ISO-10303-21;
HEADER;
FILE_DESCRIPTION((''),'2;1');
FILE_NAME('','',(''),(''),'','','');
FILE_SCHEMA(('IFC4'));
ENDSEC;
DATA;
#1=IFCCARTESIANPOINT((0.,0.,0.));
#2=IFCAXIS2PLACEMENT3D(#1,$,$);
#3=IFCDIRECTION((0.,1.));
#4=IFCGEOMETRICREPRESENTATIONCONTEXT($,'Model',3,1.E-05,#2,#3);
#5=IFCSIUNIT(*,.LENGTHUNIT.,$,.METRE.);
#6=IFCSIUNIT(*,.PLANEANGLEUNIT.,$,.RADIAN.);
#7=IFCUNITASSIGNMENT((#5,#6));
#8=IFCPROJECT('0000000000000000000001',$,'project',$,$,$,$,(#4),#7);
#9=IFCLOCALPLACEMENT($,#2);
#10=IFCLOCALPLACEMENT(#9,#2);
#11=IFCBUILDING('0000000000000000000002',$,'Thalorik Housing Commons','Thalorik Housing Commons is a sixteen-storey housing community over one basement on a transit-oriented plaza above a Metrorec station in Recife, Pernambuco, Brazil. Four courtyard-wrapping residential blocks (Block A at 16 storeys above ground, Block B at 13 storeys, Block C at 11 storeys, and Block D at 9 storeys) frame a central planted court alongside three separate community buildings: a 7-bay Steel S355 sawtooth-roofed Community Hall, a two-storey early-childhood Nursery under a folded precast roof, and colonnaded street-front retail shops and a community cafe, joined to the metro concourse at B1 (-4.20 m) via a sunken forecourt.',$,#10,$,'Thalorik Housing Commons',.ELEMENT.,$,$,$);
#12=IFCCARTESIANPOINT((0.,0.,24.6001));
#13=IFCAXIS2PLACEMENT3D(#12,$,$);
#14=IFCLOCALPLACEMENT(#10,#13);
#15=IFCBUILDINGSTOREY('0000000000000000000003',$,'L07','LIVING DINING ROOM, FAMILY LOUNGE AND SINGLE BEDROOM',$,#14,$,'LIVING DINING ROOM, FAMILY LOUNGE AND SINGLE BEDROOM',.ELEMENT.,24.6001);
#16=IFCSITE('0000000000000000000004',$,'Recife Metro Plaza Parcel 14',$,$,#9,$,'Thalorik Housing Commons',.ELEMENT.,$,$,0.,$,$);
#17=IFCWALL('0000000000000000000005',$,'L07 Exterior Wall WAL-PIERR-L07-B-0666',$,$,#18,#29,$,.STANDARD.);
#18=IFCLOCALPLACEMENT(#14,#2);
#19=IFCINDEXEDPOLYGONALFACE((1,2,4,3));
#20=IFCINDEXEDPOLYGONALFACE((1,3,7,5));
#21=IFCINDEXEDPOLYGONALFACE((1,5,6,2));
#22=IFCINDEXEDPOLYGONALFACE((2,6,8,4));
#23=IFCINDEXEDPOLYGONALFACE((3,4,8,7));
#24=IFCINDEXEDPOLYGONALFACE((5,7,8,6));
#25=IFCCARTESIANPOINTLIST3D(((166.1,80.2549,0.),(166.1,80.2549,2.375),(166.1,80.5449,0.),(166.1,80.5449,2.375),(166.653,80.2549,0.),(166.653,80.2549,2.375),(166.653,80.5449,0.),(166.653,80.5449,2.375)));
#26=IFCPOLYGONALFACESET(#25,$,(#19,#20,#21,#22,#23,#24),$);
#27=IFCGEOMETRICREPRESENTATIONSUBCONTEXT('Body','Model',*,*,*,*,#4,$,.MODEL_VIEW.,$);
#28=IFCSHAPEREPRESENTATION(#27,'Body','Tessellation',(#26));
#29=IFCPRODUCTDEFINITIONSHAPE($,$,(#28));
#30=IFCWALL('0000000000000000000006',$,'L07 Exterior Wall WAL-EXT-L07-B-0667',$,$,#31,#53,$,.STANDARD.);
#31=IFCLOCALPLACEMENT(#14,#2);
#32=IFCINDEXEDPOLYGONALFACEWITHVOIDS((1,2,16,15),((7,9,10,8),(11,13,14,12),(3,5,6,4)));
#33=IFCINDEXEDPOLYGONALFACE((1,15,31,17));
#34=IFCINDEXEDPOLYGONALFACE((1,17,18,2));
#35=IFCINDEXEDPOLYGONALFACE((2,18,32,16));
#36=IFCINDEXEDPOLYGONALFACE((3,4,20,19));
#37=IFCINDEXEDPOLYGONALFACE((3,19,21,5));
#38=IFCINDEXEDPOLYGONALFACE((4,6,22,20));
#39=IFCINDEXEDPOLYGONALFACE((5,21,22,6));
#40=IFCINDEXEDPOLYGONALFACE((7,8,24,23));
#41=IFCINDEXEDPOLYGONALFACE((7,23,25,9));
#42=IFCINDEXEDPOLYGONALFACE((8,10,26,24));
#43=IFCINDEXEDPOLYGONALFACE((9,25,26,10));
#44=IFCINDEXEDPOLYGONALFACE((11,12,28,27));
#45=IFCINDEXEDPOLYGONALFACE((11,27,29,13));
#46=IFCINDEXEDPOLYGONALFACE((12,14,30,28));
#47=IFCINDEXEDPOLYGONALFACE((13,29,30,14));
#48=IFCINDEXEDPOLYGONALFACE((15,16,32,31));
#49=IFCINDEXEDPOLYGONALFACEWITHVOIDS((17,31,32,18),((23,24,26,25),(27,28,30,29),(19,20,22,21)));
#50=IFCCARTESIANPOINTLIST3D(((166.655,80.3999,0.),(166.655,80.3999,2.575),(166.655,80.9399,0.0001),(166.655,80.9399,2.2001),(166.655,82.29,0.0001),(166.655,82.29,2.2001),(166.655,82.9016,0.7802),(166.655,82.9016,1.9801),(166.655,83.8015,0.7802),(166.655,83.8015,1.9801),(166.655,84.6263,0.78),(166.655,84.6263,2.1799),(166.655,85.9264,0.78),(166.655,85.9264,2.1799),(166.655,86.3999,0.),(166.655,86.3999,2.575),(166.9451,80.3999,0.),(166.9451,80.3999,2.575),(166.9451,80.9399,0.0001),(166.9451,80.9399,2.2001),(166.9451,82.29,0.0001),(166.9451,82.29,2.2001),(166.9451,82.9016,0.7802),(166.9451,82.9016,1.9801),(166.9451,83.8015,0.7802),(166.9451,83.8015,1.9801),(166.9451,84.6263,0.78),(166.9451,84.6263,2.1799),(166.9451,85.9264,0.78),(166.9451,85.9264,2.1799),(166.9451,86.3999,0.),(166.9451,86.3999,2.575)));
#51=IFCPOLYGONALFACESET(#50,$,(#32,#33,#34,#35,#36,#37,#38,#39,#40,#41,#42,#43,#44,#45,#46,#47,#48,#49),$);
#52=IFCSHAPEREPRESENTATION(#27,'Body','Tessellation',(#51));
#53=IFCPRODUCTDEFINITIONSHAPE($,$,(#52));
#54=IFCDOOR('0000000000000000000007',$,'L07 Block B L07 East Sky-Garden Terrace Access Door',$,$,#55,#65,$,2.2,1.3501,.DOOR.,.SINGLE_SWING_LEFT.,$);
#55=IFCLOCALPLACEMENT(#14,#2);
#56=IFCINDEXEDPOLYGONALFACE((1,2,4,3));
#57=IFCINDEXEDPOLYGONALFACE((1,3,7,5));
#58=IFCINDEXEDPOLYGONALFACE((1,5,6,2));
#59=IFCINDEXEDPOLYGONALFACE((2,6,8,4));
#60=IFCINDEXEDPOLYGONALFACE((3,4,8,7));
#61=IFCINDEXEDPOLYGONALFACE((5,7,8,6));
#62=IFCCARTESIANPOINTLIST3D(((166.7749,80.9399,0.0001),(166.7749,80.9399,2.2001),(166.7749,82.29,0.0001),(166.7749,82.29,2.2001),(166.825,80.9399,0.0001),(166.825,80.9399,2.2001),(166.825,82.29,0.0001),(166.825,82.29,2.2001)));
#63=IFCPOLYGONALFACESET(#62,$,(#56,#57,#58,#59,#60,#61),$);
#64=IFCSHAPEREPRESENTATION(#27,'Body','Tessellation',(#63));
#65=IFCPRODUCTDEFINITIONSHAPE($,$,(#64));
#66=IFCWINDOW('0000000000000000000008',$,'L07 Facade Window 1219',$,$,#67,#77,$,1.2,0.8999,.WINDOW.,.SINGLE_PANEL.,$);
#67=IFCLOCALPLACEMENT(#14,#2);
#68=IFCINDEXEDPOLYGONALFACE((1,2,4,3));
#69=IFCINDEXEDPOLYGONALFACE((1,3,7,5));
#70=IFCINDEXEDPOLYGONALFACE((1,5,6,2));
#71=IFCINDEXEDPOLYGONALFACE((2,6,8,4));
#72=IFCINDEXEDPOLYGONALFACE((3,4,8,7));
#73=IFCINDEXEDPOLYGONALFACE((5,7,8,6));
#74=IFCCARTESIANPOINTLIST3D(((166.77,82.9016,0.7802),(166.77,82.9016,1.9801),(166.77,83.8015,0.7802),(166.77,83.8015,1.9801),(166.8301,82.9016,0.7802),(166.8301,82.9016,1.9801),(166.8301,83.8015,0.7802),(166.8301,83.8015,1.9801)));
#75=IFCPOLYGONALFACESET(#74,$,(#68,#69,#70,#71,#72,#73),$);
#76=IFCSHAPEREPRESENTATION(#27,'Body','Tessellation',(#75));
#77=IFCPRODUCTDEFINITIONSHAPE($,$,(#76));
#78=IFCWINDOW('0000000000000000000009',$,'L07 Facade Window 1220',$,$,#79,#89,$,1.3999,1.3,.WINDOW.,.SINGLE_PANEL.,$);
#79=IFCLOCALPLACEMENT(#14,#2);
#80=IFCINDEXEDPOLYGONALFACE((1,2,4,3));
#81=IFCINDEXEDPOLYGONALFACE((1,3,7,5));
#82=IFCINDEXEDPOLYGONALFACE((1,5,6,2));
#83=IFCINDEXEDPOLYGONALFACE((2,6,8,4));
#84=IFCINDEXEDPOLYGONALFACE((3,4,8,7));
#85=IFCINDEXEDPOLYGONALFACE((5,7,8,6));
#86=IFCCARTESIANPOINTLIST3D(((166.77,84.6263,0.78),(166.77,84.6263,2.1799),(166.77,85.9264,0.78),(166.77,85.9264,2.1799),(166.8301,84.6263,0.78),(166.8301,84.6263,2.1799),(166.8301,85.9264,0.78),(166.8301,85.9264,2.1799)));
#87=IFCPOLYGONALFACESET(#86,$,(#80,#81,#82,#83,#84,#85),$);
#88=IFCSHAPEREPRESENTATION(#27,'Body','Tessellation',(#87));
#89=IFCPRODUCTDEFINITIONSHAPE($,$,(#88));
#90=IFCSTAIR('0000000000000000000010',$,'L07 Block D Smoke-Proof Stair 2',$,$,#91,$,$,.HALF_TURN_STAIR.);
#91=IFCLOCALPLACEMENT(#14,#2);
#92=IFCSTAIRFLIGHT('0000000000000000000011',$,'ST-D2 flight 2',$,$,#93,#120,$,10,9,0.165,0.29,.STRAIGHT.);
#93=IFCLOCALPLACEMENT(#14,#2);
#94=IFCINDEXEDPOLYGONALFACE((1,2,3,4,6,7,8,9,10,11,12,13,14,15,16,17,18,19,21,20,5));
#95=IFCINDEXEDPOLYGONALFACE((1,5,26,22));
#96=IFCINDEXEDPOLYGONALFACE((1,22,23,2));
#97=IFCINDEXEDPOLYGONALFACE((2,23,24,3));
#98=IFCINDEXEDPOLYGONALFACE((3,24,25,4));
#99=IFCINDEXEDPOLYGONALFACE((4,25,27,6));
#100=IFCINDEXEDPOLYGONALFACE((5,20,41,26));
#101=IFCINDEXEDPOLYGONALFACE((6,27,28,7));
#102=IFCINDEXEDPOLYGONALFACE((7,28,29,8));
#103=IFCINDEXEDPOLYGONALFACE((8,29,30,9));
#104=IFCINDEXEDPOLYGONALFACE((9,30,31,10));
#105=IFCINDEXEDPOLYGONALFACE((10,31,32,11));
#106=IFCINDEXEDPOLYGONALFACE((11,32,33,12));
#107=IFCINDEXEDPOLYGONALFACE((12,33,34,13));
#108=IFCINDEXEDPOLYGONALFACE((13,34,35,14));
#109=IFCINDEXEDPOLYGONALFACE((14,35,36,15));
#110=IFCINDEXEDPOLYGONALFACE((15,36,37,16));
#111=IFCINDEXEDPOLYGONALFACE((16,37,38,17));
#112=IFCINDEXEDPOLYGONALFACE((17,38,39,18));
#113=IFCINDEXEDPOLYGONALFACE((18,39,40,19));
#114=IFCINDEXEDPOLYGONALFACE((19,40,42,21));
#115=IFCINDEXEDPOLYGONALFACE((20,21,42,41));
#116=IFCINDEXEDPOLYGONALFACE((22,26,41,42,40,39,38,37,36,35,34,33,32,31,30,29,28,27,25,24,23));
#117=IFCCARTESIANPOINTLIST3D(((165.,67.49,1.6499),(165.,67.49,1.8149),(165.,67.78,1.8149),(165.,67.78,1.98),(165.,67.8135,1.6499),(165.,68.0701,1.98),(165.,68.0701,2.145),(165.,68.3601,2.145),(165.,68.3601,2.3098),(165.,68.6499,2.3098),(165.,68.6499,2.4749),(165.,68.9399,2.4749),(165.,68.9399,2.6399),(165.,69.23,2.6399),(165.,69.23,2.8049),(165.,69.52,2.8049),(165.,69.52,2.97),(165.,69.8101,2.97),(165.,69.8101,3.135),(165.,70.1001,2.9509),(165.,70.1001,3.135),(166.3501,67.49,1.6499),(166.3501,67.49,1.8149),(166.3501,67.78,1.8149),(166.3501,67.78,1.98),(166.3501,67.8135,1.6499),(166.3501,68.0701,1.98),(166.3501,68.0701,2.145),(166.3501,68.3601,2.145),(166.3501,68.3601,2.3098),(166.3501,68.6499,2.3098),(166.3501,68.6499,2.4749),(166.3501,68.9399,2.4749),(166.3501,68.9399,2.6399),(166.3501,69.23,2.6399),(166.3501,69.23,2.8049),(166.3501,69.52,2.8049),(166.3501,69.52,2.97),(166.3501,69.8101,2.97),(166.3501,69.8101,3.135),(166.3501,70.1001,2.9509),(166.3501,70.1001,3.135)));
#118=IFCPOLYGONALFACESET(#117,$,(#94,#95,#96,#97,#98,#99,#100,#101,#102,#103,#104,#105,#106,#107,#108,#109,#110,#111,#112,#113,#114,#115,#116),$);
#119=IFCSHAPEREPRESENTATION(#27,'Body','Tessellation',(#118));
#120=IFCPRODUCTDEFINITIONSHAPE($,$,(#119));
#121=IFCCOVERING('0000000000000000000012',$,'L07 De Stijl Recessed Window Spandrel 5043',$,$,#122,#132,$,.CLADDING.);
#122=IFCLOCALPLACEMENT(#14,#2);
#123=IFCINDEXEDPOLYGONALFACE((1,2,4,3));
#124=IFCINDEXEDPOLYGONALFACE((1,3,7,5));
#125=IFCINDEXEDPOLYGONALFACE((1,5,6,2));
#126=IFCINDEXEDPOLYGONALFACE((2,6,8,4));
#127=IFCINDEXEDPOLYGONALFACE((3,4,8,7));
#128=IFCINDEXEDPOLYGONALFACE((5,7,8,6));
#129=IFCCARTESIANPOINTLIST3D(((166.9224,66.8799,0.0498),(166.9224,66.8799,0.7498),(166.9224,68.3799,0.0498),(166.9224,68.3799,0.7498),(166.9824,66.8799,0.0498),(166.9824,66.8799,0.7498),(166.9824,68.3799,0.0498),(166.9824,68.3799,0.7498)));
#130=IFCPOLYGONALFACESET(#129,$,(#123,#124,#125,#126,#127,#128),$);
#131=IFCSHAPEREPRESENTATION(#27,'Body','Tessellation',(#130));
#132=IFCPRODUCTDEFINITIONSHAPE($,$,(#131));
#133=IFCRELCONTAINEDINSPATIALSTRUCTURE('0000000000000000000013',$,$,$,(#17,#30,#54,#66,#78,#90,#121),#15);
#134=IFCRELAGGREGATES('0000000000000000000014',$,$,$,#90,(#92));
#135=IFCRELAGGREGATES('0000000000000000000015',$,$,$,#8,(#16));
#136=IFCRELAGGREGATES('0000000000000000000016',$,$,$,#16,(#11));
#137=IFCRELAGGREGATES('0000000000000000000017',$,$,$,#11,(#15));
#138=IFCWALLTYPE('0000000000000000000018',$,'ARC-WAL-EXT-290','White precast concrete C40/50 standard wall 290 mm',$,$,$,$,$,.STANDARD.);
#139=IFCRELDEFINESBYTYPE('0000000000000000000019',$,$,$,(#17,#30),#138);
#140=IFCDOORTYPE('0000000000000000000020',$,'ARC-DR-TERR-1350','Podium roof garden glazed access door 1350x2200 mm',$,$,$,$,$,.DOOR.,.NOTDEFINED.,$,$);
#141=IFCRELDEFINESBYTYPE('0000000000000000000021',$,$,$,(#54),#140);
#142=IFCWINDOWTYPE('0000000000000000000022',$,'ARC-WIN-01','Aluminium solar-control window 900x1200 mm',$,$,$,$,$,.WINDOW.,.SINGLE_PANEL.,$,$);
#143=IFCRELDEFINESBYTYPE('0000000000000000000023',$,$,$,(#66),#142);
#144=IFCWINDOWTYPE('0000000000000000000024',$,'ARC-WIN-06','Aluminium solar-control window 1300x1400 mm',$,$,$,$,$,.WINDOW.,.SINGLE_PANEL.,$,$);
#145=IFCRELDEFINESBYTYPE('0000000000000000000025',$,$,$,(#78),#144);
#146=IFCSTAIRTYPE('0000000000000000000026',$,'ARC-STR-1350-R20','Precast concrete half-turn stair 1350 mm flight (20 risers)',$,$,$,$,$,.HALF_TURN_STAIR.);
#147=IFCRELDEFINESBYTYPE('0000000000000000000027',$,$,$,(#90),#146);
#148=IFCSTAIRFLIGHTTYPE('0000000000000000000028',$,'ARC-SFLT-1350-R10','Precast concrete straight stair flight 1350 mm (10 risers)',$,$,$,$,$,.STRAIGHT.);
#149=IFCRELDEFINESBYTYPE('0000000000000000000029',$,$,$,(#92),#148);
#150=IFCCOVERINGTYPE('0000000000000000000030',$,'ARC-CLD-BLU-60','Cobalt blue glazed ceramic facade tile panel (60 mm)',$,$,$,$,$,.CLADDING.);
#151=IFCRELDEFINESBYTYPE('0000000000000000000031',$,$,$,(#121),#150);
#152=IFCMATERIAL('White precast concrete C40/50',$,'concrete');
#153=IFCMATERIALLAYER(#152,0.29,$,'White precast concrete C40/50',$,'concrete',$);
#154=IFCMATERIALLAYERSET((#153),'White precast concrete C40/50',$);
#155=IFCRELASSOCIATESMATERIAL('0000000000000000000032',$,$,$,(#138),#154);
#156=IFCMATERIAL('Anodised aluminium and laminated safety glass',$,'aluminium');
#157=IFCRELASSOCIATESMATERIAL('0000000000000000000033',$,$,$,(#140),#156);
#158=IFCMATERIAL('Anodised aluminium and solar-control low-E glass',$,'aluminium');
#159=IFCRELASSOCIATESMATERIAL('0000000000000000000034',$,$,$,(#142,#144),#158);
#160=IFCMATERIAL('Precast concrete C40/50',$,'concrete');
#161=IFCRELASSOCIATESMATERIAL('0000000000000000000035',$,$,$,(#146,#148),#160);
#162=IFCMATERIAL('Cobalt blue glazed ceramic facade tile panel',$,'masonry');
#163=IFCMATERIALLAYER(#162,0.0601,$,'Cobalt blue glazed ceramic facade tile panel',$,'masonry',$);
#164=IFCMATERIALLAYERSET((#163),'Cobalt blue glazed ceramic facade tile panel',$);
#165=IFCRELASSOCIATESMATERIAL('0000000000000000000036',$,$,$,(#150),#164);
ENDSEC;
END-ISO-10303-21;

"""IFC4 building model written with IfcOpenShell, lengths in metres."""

from ifc_helpers import new_model, si_unit, direction, frame, frame_2d, origin, origin_2d, place, context, subcontext, project, spatial, polyline, rectangle, outline, extrude, material, layer, layer_set, type_object, element, fill, aggregate, save


model = new_model("IFC4")

# Units and contexts
model_context = context("Model", 3, precision=1e-05, world=origin(), true_north=direction((0.0, 1.0)))
body_context = subcontext(model_context, "Body", "Model", "MODEL_VIEW")
ifc_project = project(units=[si_unit("LENGTHUNIT", "METRE"), si_unit("PLANEANGLEUNIT", "RADIAN")], contexts=[model_context])

# Site, building, storey
site_placement = place(None, origin())
site = spatial("IfcSite", under=ifc_project, at=site_placement, Name="Recife Metro Plaza Parcel 14", LongName="Thalorik Housing Commons", CompositionType="ELEMENT", RefElevation=0.0)
building_placement = place(site_placement, origin())
building = spatial("IfcBuilding", under=site, at=building_placement, Name="Thalorik Housing Commons", Description="Thalorik Housing Commons is a sixteen-storey housing community over one basement on a transit-oriented plaza above a Metrorec station in Recife, Pernambuco, Brazil. Four courtyard-wrapping residential blocks (Block A at 16 storeys above ground, Block B at 13 storeys, Block C at 11 storeys, and Block D at 9 storeys) frame a central planted court alongside three separate community buildings: a 7-bay Steel S355 sawtooth-roofed Community Hall, a two-storey early-childhood Nursery under a folded precast roof, and colonnaded street-front retail shops and a community cafe, joined to the metro concourse at B1 (-4.20 m) via a sunken forecourt.", LongName="Thalorik Housing Commons", CompositionType="ELEMENT")
storey_placement = place(building_placement, frame((0.0, 0.0, 24.6001)))
storey = spatial("IfcBuildingStorey", under=building, at=storey_placement, Name="L07", Description="LIVING DINING ROOM, FAMILY LOUNGE AND SINGLE BEDROOM", LongName="LIVING DINING ROOM, FAMILY LOUNGE AND SINGLE BEDROOM", CompositionType="ELEMENT", Elevation=24.6001)

# Shared definitions
ifc_material_1 = material(Name="Precast concrete C40/50", Category="concrete")

# Shared definitions
ifc_material_2 = material(Name="Anodised aluminium and solar-control low-E glass", Category="aluminium")

# Wall
ifc_material_3 = material(Name="White precast concrete C40/50", Category="concrete")
ifc_layer_1 = layer(ifc_material_3, 0.29, Name="White precast concrete C40/50", Category="concrete")
ifc_layer_set_1 = layer_set([ifc_layer_1], Name="White precast concrete C40/50")
wall_type_1 = type_object("IfcWallType", Name="ARC-WAL-EXT-290", Description="White precast concrete C40/50 standard wall 290 mm", PredefinedType="STANDARD", material=ifc_layer_set_1)
wall_1_placement = place(storey_placement, frame((166.1001, 80.3999, 0.0), z_axis=(0.0, 0.0, 1.0), x_axis=(1.0, 0.0, 0.0)))
element("IfcWall", 1, at=wall_1_placement, inside=storey, type_object=wall_type_1, Name="L07 Exterior Wall WAL-PIERR-L07-B-0666", PredefinedType="STANDARD", context=body_context, shape_type="SweptSolid", body=[
    extrude(rectangle(XDim=0.553, YDim=0.29, at=frame_2d((0.2764, 0.0))), origin(), (0.0, 0.0, 1.0), 2.375),
])

# Wall, openings, door, windows
wall_2_placement = place(storey_placement, frame((166.8, 80.3999, 0.0), z_axis=(0.0, 0.0, 1.0), x_axis=(0.0, 1.0, 0.0)))
wall_2 = element("IfcWall", 2, at=wall_2_placement, inside=storey, type_object=wall_type_1, Name="L07 Exterior Wall WAL-EXT-L07-B-0667", PredefinedType="STANDARD", context=body_context, shape_type="SweptSolid", body=[
    extrude(rectangle(XDim=6.0, YDim=0.29, at=frame_2d((3.0, 0.0))), origin(), (0.0, 0.0, 1.0), 2.575),
])
opening_1_placement = place(wall_2_placement, frame((0.54, 0.0, 0.0)))
opening_1 = element("IfcOpeningElement", 3, at=opening_1_placement, cuts=wall_2, PredefinedType="OPENING", context=body_context, shape_type="SweptSolid", body=[
    extrude(rectangle(XDim=1.3501, YDim=2.2, at=frame_2d((0.675, 1.1001))), frame((0.0, 0.155, 0.0), z_axis=(0.0, -1.0, 0.0), x_axis=(1.0, 0.0, 0.0)), (0.0, 0.0, 1.0), 0.3101),
])
opening_2_placement = place(wall_2_placement, frame((2.5017, 0.0, 0.78)))
opening_2 = element("IfcOpeningElement", 4, at=opening_2_placement, cuts=wall_2, PredefinedType="OPENING", context=body_context, shape_type="SweptSolid", body=[
    extrude(rectangle(XDim=0.8999, YDim=1.2, at=frame_2d((0.45, 0.6001))), frame((0.0, 0.155, 0.0), z_axis=(0.0, -1.0, 0.0), x_axis=(1.0, 0.0, 0.0)), (0.0, 0.0, 1.0), 0.3101),
])
opening_3_placement = place(wall_2_placement, frame((4.2266, 0.0, 0.78)))
opening_3 = element("IfcOpeningElement", 5, at=opening_3_placement, cuts=wall_2, PredefinedType="OPENING", context=body_context, shape_type="SweptSolid", body=[
    extrude(rectangle(XDim=1.3, YDim=1.3999, at=frame_2d((0.6499, 0.7))), frame((0.0, 0.155, 0.0), z_axis=(0.0, -1.0, 0.0), x_axis=(1.0, 0.0, 0.0)), (0.0, 0.0, 1.0), 0.3101),
])
ifc_material_4 = material(Name="Anodised aluminium and laminated safety glass", Category="aluminium")
door_type = type_object("IfcDoorType", Name="ARC-DR-TERR-1350", Description="Podium roof garden glazed access door 1350x2200 mm", OperationType="NOTDEFINED", PredefinedType="DOOR", material=ifc_material_4)
door_placement = place(opening_1_placement, frame((1.3501, 0.0, 0.0), z_axis=(0.0, 0.0, 1.0), x_axis=(-1.0, 0.0, 0.0)))
door = element("IfcDoor", 6, at=door_placement, inside=storey, type_object=door_type, Name="L07 Block B L07 East Sky-Garden Terrace Access Door", OperationType="SINGLE_SWING_LEFT", OverallHeight=2.2, OverallWidth=1.3501, PredefinedType="DOOR", context=body_context, shape_type="SweptSolid", body=[
    extrude(rectangle(XDim=1.3501, YDim=2.2, at=frame_2d((0.675, 1.1001))), frame((0.0, 0.0249, 0.0), z_axis=(0.0, -1.0, 0.0), x_axis=(1.0, 0.0, 0.0)), (0.0, 0.0, 1.0), 0.05),
])
fill(opening_1, door)
window_type_1 = type_object("IfcWindowType", Name="ARC-WIN-01", Description="Aluminium solar-control window 900x1200 mm", PartitioningType="SINGLE_PANEL", PredefinedType="WINDOW", material=ifc_material_2)
window_1_placement = place(opening_2_placement, origin())
window_1 = element("IfcWindow", 7, at=window_1_placement, inside=storey, type_object=window_type_1, Name="L07 Facade Window 1219", OverallHeight=1.2, OverallWidth=0.8999, PartitioningType="SINGLE_PANEL", PredefinedType="WINDOW", context=body_context, shape_type="SweptSolid", body=[
    extrude(rectangle(XDim=0.8999, YDim=1.2, at=frame_2d((0.45, 0.6001))), frame((0.0, 0.03, 0.0), z_axis=(0.0, -1.0, 0.0), x_axis=(1.0, 0.0, 0.0)), (0.0, 0.0, 1.0), 0.0601),
])
fill(opening_2, window_1)
window_type_2 = type_object("IfcWindowType", Name="ARC-WIN-06", Description="Aluminium solar-control window 1300x1400 mm", PartitioningType="SINGLE_PANEL", PredefinedType="WINDOW", material=ifc_material_2)
window_2_placement = place(opening_3_placement, origin())
window_2 = element("IfcWindow", 8, at=window_2_placement, inside=storey, type_object=window_type_2, Name="L07 Facade Window 1220", OverallHeight=1.3999, OverallWidth=1.3, PartitioningType="SINGLE_PANEL", PredefinedType="WINDOW", context=body_context, shape_type="SweptSolid", body=[
    extrude(rectangle(XDim=1.3, YDim=1.3999, at=frame_2d((0.6499, 0.7))), frame((0.0, 0.03, 0.0), z_axis=(0.0, -1.0, 0.0), x_axis=(1.0, 0.0, 0.0)), (0.0, 0.0, 1.0), 0.0601),
])
fill(opening_3, window_2)

# Stair, stair flight
stair_type = type_object("IfcStairType", Name="ARC-STR-1350-R20", Description="Precast concrete half-turn stair 1350 mm flight (20 risers)", PredefinedType="HALF_TURN_STAIR", material=ifc_material_1)
stair_placement = place(storey_placement, origin())
stair = element("IfcStair", 9, at=stair_placement, inside=storey, type_object=stair_type, Name="L07 Block D Smoke-Proof Stair 2", PredefinedType="HALF_TURN_STAIR")
stair_flight_type = type_object("IfcStairFlightType", Name="ARC-SFLT-1350-R10", Description="Precast concrete straight stair flight 1350 mm (10 risers)", PredefinedType="STRAIGHT", material=ifc_material_1)
stair_flight_placement = place(storey_placement, frame((165.675, 67.49, 1.6499), z_axis=(0.0, 0.0, 1.0), x_axis=(0.0, 1.0, 0.0)))
stair_flight = element("IfcStairFlight", 10, at=stair_flight_placement, type_object=stair_flight_type, Name="ST-D2 flight 2", NumberOfRisers=10, NumberOfTreads=9, PredefinedType="STRAIGHT", RiserHeight=0.165, TreadLength=0.29, context=body_context, shape_type="SweptSolid", body=[
    extrude(outline(polyline([(0.0, 0.0), (0.0, 0.165), (0.29, 0.165), (0.29, 0.3301), (0.5801, 0.3301), (0.5801, 0.4951), (0.8701, 0.4951), (0.8701, 0.6599), (1.1599, 0.6599), (1.1599, 0.825), (1.45, 0.825), (1.45, 0.99), (1.74, 0.99), (1.74, 1.155), (2.03, 1.155), (2.03, 1.3201), (2.3201, 1.3201), (2.3201, 1.4851), (2.6101, 1.4851), (2.6101, 1.6499), (2.6101, 1.301), (0.3235, 0.0), (0.0, 0.0)])), frame((0.0, 0.675, 0.0), z_axis=(0.0, -1.0, 0.0), x_axis=(1.0, 0.0, 0.0)), (0.0, 0.0, 1.0), 1.3501),
])
aggregate(stair, [stair_flight])

# Covering
ifc_material_5 = material(Name="Cobalt blue glazed ceramic facade tile panel", Category="masonry")
ifc_layer_2 = layer(ifc_material_5, 0.0601, Name="Cobalt blue glazed ceramic facade tile panel", Category="masonry")
ifc_layer_set_2 = layer_set([ifc_layer_2], Name="Cobalt blue glazed ceramic facade tile panel")
covering_type_1 = type_object("IfcCoveringType", Name="ARC-CLD-BLU-60", Description="Cobalt blue glazed ceramic facade tile panel (60 mm)", PredefinedType="CLADDING", material=ifc_layer_set_2)
covering_1_placement = place(storey_placement, frame((166.9524, 67.6299, 0.0498), z_axis=(0.0, 0.0, 1.0), x_axis=(0.0, 1.0, 0.0)))
element("IfcCovering", 11, at=covering_1_placement, inside=storey, type_object=covering_type_1, Name="L07 De Stijl Recessed Window Spandrel 5043", PredefinedType="CLADDING", context=body_context, shape_type="SweptSolid", body=[
    extrude(rectangle(XDim=1.5, YDim=0.0601, at=origin_2d()), origin(), (0.0, 0.0, 1.0), 0.7),
])

save(model, "model.ifc")
